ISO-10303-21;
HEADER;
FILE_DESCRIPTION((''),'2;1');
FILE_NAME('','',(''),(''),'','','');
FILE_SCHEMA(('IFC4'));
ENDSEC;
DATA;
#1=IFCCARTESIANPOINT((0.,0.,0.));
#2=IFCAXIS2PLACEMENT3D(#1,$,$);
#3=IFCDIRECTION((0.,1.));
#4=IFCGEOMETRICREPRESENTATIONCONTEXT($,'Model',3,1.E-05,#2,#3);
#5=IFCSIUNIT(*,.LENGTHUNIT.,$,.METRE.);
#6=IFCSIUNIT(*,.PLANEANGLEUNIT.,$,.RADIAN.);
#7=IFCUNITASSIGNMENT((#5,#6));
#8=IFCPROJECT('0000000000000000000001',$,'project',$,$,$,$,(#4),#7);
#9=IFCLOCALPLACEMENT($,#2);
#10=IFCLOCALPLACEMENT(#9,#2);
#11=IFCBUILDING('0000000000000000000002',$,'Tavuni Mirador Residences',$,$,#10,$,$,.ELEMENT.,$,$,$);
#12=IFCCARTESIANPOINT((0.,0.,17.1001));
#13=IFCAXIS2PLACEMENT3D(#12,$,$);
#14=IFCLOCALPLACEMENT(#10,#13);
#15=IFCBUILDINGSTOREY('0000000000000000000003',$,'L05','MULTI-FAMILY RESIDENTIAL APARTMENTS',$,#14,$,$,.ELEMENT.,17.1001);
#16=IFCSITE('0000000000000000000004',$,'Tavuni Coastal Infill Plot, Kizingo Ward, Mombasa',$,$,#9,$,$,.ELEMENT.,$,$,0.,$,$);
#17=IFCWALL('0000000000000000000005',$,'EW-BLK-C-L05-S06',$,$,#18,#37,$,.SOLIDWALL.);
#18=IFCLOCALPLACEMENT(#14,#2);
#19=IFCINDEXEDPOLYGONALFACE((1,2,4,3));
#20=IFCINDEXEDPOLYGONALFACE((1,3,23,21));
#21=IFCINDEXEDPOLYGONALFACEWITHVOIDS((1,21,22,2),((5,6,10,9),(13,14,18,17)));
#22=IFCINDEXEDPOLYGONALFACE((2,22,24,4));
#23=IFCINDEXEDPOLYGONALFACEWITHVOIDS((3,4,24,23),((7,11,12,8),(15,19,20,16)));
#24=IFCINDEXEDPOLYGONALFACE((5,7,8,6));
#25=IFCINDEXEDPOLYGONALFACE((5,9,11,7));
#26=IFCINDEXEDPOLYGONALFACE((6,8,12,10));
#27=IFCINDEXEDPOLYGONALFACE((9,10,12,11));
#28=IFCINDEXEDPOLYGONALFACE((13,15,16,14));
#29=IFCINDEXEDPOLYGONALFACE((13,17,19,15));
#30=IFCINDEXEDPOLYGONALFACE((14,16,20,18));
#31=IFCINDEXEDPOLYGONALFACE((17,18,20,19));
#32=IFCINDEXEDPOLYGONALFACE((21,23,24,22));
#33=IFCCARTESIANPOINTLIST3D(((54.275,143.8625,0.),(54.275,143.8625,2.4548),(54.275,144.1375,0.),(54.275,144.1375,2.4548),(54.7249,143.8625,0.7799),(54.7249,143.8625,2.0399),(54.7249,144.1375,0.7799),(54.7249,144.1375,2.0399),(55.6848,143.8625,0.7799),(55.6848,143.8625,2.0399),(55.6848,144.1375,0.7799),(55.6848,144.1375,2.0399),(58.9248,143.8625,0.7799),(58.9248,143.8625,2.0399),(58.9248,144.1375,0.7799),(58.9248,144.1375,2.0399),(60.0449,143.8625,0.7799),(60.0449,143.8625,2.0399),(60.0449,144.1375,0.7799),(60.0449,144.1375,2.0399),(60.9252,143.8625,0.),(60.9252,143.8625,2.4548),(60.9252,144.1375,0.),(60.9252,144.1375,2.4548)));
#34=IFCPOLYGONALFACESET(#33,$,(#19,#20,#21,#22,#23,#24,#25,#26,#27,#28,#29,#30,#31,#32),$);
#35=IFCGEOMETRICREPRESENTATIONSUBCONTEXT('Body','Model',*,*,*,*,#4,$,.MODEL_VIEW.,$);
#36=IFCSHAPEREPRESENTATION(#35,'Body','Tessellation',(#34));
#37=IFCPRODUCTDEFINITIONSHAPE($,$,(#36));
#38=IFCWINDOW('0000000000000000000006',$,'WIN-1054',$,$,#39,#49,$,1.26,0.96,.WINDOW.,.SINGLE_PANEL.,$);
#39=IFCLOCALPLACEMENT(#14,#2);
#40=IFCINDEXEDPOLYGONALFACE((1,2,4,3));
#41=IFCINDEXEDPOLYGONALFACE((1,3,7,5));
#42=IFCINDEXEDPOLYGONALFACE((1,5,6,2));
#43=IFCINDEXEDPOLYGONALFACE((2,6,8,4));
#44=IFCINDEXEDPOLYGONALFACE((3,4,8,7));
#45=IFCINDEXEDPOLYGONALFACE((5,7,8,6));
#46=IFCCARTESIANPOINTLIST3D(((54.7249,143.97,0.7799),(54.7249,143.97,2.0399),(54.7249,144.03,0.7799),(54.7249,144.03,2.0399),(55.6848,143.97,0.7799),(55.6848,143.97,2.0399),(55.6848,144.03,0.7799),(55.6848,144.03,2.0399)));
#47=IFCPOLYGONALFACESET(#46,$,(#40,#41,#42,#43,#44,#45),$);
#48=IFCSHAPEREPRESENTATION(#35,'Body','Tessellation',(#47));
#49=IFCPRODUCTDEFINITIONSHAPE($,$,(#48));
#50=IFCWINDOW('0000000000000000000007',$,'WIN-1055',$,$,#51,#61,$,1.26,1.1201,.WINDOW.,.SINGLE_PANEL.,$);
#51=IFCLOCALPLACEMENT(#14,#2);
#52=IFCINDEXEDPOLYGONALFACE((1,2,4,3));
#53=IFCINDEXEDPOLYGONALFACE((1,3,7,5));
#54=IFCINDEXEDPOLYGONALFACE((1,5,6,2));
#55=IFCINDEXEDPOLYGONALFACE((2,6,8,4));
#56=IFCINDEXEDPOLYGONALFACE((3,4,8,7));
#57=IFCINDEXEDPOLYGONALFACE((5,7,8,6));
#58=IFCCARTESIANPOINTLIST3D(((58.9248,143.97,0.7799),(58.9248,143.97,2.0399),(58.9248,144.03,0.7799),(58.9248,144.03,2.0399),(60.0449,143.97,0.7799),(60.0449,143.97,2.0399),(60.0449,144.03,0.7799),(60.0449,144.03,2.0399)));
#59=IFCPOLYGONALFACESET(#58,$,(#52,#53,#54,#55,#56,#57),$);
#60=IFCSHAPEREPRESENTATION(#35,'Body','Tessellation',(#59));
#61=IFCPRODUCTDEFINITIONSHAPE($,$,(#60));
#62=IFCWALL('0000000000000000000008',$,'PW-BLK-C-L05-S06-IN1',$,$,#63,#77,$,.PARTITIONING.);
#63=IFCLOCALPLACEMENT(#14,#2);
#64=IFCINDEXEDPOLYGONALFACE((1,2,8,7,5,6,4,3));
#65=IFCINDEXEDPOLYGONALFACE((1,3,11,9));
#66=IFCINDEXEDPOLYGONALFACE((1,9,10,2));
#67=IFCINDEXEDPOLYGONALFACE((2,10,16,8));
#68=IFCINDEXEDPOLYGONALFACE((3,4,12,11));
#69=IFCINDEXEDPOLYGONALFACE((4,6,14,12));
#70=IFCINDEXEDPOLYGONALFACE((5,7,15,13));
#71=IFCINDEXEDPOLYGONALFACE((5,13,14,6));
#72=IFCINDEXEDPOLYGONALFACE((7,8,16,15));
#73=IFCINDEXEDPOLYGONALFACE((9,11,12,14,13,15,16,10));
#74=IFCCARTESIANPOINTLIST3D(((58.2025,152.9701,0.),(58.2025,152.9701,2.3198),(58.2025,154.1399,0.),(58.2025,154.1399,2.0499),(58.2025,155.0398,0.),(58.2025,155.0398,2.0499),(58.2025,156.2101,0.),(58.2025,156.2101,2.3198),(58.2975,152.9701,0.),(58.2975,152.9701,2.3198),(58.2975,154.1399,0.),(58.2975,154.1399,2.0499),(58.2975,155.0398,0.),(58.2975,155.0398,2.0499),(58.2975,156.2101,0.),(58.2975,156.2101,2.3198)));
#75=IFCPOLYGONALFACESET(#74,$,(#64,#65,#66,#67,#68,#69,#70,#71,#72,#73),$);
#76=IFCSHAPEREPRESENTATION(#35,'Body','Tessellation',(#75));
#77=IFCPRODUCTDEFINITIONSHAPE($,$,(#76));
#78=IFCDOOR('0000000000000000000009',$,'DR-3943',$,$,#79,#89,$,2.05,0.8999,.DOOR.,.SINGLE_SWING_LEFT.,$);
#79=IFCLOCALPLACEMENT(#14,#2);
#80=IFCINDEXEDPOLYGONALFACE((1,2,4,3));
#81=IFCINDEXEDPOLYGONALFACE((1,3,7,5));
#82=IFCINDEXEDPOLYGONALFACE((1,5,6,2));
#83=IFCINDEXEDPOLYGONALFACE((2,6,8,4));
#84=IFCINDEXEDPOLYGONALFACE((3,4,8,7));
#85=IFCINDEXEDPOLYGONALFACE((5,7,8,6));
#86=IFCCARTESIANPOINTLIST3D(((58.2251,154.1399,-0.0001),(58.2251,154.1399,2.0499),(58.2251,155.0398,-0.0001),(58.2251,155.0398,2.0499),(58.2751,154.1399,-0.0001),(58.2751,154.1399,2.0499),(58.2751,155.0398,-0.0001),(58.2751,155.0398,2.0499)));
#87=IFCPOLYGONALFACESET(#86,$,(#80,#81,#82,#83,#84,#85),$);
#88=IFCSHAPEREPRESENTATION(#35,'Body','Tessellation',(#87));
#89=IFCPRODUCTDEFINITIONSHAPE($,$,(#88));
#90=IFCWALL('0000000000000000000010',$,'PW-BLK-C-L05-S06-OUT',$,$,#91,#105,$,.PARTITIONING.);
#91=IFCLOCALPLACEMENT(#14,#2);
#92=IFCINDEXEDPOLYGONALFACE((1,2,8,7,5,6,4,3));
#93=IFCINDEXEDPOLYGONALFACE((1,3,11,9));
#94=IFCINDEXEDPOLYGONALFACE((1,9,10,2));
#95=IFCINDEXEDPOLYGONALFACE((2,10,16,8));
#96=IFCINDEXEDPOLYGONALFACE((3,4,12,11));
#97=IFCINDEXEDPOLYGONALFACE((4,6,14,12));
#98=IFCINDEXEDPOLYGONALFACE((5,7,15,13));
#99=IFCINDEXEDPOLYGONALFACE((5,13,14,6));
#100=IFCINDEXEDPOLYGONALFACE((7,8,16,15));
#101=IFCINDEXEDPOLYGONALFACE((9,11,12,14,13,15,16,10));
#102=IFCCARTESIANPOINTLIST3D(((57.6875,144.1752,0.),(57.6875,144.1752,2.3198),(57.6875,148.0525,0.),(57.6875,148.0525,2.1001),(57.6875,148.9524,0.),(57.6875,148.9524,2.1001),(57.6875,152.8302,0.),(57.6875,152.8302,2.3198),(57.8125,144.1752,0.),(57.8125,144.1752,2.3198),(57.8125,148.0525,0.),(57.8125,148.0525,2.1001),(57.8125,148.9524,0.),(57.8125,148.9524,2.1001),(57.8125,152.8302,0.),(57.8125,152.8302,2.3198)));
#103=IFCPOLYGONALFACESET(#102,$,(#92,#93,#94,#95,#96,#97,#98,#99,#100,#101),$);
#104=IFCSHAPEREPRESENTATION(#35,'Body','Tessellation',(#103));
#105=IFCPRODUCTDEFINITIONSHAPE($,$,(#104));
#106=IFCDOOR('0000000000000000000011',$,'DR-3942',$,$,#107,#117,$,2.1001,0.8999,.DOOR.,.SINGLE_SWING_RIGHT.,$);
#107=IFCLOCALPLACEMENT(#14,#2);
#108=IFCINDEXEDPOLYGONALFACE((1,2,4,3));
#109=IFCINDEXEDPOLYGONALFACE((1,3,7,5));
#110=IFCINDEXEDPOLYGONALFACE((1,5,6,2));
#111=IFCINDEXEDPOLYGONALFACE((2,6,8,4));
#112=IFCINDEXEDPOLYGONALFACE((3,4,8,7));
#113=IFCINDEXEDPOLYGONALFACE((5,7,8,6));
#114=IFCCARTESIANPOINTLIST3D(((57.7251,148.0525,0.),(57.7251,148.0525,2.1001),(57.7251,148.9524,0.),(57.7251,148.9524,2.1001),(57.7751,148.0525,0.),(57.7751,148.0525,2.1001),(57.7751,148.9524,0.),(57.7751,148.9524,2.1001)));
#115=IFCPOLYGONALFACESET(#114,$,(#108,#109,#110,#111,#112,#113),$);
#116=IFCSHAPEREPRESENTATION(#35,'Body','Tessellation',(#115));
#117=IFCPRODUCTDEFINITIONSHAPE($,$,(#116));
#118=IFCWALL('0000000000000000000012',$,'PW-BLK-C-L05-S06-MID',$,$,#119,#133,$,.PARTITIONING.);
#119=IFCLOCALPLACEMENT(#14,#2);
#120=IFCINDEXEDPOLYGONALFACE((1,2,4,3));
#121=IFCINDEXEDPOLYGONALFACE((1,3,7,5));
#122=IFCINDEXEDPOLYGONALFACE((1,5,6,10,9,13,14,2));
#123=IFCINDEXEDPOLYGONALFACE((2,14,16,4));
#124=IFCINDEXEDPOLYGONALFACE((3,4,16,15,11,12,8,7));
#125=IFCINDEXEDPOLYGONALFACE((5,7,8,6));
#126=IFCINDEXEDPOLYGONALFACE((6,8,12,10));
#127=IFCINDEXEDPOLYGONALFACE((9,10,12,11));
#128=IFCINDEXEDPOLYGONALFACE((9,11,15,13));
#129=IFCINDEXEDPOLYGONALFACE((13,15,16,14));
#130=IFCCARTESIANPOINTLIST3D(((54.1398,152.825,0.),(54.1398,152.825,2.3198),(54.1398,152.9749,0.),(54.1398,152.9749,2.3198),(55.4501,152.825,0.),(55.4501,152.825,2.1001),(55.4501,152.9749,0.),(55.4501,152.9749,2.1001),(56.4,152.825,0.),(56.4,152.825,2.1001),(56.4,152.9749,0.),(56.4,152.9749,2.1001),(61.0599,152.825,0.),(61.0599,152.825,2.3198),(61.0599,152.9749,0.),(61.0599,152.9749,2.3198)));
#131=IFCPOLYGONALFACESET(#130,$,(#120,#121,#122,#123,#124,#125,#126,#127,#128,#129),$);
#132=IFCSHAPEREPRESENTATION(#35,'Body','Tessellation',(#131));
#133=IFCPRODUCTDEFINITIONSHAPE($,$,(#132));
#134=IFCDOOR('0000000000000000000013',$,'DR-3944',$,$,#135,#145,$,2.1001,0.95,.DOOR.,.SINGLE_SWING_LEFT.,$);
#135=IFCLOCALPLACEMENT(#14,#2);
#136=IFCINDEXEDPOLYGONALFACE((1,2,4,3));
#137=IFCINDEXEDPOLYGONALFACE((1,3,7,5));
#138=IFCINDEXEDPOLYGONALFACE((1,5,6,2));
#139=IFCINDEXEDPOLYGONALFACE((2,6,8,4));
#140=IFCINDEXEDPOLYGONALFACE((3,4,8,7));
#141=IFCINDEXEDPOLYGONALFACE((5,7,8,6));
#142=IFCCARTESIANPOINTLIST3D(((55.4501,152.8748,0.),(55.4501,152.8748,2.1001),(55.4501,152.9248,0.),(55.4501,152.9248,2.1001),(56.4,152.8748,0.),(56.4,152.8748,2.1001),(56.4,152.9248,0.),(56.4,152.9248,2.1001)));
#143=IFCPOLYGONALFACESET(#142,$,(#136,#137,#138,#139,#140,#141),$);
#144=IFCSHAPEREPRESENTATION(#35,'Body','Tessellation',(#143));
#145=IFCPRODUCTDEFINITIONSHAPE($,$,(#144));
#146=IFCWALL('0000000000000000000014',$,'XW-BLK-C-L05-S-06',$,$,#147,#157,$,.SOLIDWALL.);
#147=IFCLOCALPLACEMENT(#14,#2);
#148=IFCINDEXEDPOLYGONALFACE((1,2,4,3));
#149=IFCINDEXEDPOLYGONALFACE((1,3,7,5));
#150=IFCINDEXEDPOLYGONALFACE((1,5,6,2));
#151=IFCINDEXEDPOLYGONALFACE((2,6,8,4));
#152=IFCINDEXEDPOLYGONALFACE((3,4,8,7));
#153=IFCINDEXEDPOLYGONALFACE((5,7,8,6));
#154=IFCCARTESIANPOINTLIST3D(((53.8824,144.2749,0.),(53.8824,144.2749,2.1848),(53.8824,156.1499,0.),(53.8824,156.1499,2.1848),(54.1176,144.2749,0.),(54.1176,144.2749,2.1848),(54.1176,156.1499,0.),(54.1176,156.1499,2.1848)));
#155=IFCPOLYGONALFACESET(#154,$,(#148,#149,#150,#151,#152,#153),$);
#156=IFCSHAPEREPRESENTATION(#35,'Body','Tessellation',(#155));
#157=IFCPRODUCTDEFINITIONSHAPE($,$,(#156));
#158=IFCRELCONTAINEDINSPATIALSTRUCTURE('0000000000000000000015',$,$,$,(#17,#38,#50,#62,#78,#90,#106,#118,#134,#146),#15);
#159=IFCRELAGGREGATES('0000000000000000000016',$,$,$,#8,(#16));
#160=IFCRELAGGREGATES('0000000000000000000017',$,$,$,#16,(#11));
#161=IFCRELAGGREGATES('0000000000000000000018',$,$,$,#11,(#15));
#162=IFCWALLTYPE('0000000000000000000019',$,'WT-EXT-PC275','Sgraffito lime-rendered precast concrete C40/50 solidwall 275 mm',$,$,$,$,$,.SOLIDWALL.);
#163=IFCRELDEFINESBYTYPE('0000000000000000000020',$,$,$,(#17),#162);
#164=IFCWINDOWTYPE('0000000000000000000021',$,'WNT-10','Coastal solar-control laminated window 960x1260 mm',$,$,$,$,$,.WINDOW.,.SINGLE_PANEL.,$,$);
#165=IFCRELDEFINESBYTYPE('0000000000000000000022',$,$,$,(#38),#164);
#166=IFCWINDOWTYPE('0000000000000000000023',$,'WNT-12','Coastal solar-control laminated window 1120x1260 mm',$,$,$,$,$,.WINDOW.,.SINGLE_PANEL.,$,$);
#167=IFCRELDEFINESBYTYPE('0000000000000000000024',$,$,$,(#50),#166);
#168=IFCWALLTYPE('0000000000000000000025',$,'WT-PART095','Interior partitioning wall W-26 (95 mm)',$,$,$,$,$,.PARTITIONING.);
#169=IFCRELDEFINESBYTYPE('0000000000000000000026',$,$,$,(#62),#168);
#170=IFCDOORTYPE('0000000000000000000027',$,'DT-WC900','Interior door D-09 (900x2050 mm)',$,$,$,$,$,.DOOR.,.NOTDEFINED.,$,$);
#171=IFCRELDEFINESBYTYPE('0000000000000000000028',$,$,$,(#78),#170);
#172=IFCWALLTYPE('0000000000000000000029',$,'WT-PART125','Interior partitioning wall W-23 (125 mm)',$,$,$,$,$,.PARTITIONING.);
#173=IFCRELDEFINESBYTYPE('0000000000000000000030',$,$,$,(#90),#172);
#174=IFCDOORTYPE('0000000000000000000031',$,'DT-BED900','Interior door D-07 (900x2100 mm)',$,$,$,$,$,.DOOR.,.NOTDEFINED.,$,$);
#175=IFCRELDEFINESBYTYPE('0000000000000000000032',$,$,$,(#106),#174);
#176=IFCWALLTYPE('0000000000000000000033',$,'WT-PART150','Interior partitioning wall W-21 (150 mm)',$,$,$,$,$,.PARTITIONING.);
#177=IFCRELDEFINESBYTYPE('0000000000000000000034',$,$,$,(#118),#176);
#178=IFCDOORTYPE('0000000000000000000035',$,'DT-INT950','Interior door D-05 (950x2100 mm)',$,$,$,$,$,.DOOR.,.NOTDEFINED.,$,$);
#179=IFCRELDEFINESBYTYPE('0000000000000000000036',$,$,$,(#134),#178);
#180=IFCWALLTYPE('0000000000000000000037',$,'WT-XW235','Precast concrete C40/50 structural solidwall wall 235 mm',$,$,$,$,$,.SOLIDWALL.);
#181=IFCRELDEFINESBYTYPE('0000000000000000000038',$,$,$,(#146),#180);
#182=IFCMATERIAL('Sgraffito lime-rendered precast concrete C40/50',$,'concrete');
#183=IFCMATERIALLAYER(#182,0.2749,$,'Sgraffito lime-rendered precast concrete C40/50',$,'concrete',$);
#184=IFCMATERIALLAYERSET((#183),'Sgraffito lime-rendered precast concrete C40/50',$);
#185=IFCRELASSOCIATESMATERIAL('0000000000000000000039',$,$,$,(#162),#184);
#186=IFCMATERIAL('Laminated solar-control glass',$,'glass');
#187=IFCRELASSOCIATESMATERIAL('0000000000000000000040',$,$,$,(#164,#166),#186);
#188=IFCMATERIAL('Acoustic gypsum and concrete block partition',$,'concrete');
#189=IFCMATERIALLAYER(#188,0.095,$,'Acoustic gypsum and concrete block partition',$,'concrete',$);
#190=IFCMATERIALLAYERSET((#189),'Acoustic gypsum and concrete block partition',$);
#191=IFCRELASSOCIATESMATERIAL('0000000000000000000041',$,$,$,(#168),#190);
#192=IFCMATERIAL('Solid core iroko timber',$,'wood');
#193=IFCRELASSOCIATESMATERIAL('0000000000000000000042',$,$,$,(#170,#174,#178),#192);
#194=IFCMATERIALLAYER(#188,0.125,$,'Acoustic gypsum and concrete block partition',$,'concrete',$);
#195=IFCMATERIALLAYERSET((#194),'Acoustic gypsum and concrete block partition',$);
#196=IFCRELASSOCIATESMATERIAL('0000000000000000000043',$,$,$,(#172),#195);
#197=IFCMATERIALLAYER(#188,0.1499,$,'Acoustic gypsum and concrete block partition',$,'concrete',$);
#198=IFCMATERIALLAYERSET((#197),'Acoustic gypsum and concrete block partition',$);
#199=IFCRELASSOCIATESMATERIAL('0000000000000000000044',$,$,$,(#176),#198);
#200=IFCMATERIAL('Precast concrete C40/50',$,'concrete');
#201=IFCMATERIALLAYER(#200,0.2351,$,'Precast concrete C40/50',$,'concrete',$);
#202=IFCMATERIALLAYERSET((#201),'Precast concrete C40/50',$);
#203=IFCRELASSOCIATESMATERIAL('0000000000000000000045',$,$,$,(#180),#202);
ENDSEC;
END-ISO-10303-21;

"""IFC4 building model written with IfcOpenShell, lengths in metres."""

from ifc_helpers import new_model, si_unit, direction, frame, frame_2d, origin, place, context, subcontext, project, spatial, rectangle, extrude, material, layer, layer_set, type_object, element, fill, save


model = new_model("IFC4")

# Units and contexts
model_context = context("Model", 3, precision=1e-05, world=origin(), true_north=direction((0.0, 1.0)))
body_context = subcontext(model_context, "Body", "Model", "MODEL_VIEW")
ifc_project = project(units=[si_unit("LENGTHUNIT", "METRE"), si_unit("PLANEANGLEUNIT", "RADIAN")], contexts=[model_context])

# Site, building, storey
site_placement = place(None, origin())
site = spatial("IfcSite", under=ifc_project, at=site_placement, Name="Tavuni Coastal Infill Plot, Kizingo Ward, Mombasa", CompositionType="ELEMENT", RefElevation=0.0)
building_placement = place(site_placement, origin())
building = spatial("IfcBuilding", under=site, at=building_placement, Name="Tavuni Mirador Residences", CompositionType="ELEMENT")
storey_placement = place(building_placement, frame((0.0, 0.0, 17.1001)))
storey = spatial("IfcBuildingStorey", under=building, at=storey_placement, Name="L05", Description="MULTI-FAMILY RESIDENTIAL APARTMENTS", CompositionType="ELEMENT", Elevation=17.1001)

# Shared definitions
ifc_material_1 = material(Name="Precast concrete C40/50", Category="concrete")

# Shared definitions
ifc_material_2 = material(Name="Solid core iroko timber", Category="wood")

# Wall, openings, windows
ifc_material_3 = material(Name="Sgraffito lime-rendered precast concrete C40/50", Category="concrete")
ifc_layer_1 = layer(ifc_material_3, 0.2749, Name="Sgraffito lime-rendered precast concrete C40/50", Category="concrete")
ifc_layer_set_1 = layer_set([ifc_layer_1], Name="Sgraffito lime-rendered precast concrete C40/50")
wall_type_1 = type_object("IfcWallType", Name="WT-EXT-PC275", Description="Sgraffito lime-rendered precast concrete C40/50 solidwall 275 mm", PredefinedType="SOLIDWALL", material=ifc_layer_set_1)
wall_1_placement = place(storey_placement, frame((54.2749, 144.0, 0.0), z_axis=(0.0, 0.0, 1.0), x_axis=(1.0, 0.0, 0.0)))
wall_1 = element("IfcWall", 1, at=wall_1_placement, inside=storey, type_object=wall_type_1, Name="EW-BLK-C-L05-S06", PredefinedType="SOLIDWALL", context=body_context, shape_type="SweptSolid", body=[
    extrude(rectangle(XDim=6.6501, YDim=0.2749, at=frame_2d((3.3252, 0.0))), origin(), (0.0, 0.0, 1.0), 2.4548),
])
opening_1_placement = place(wall_1_placement, frame((0.45, 0.0, 0.78)))
opening_1 = element("IfcOpeningElement", 2, at=opening_1_placement, cuts=wall_1, PredefinedType="OPENING", context=body_context, shape_type="SweptSolid", body=[
    extrude(rectangle(XDim=0.96, YDim=1.26, at=frame_2d((0.48, 0.6299))), frame((0.0, 0.1475, 0.0), z_axis=(0.0, -1.0, 0.0), x_axis=(1.0, 0.0, 0.0)), (0.0, 0.0, 1.0), 0.2949),
])
opening_2_placement = place(wall_1_placement, frame((4.6499, 0.0, 0.78)))
opening_2 = element("IfcOpeningElement", 3, at=opening_2_placement, cuts=wall_1, PredefinedType="OPENING", context=body_context, shape_type="SweptSolid", body=[
    extrude(rectangle(XDim=1.1201, YDim=1.26, at=frame_2d((0.5601, 0.6299))), frame((0.0, 0.1475, 0.0), z_axis=(0.0, -1.0, 0.0), x_axis=(1.0, 0.0, 0.0)), (0.0, 0.0, 1.0), 0.2949),
])
ifc_material_4 = material(Name="Laminated solar-control glass", Category="glass")
window_type_1 = type_object("IfcWindowType", Name="WNT-10", Description="Coastal solar-control laminated window 960x1260 mm", PartitioningType="SINGLE_PANEL", PredefinedType="WINDOW", material=ifc_material_4)
window_1_placement = place(opening_1_placement, origin())
window_1 = element("IfcWindow", 4, at=window_1_placement, inside=storey, type_object=window_type_1, Name="WIN-1054", OverallHeight=1.26, OverallWidth=0.96, PartitioningType="SINGLE_PANEL", PredefinedType="WINDOW", context=body_context, shape_type="SweptSolid", body=[
    extrude(rectangle(XDim=0.96, YDim=1.26, at=frame_2d((0.48, 0.6299))), frame((0.0, 0.03, 0.0), z_axis=(0.0, -1.0, 0.0), x_axis=(1.0, 0.0, 0.0)), (0.0, 0.0, 1.0), 0.0601),
])
fill(opening_1, window_1)
window_type_2 = type_object("IfcWindowType", Name="WNT-12", Description="Coastal solar-control laminated window 1120x1260 mm", PartitioningType="SINGLE_PANEL", PredefinedType="WINDOW", material=ifc_material_4)
window_2_placement = place(opening_2_placement, origin())
window_2 = element("IfcWindow", 5, at=window_2_placement, inside=storey, type_object=window_type_2, Name="WIN-1055", OverallHeight=1.26, OverallWidth=1.1201, PartitioningType="SINGLE_PANEL", PredefinedType="WINDOW", context=body_context, shape_type="SweptSolid", body=[
    extrude(rectangle(XDim=1.1201, YDim=1.26, at=frame_2d((0.5601, 0.6299))), frame((0.0, 0.03, 0.0), z_axis=(0.0, -1.0, 0.0), x_axis=(1.0, 0.0, 0.0)), (0.0, 0.0, 1.0), 0.0601),
])
fill(opening_2, window_2)

# Walls, openings, doors
ifc_material_5 = material(Name="Acoustic gypsum and concrete block partition", Category="concrete")
ifc_layer_2 = layer(ifc_material_5, 0.095, Name="Acoustic gypsum and concrete block partition", Category="concrete")
ifc_layer_set_2 = layer_set([ifc_layer_2], Name="Acoustic gypsum and concrete block partition")
wall_type_2 = type_object("IfcWallType", Name="WT-PART095", Description="Interior partitioning wall W-26 (95 mm)", PredefinedType="PARTITIONING", material=ifc_layer_set_2)
wall_2_placement = place(storey_placement, frame((58.25, 152.97, 0.0), z_axis=(0.0, 0.0, 1.0), x_axis=(0.0, 1.0, 0.0)))
wall_2 = element("IfcWall", 6, at=wall_2_placement, inside=storey, type_object=wall_type_2, Name="PW-BLK-C-L05-S06-IN1", PredefinedType="PARTITIONING", context=body_context, shape_type="SweptSolid", body=[
    extrude(rectangle(XDim=3.24, YDim=0.095, at=frame_2d((1.6201, 0.0))), origin(), (0.0, 0.0, 1.0), 2.3198),
])
opening_3_placement = place(wall_2_placement, frame((1.1699, 0.0, 0.0)))
opening_3 = element("IfcOpeningElement", 7, at=opening_3_placement, cuts=wall_2, PredefinedType="OPENING", context=body_context, shape_type="SweptSolid", body=[
    extrude(rectangle(XDim=0.8999, YDim=2.05, at=frame_2d((0.45, 1.0249))), frame((0.0, 0.0576, 0.0), z_axis=(0.0, -1.0, 0.0), x_axis=(1.0, 0.0, 0.0)), (0.0, 0.0, 1.0), 0.115),
])
door_type_1 = type_object("IfcDoorType", Name="DT-WC900", Description="Interior door D-09 (900x2050 mm)", OperationType="NOTDEFINED", PredefinedType="DOOR", material=ifc_material_2)
door_1_placement = place(opening_3_placement, origin())
door_1 = element("IfcDoor", 8, at=door_1_placement, inside=storey, type_object=door_type_1, Name="DR-3943", OperationType="SINGLE_SWING_LEFT", OverallHeight=2.05, OverallWidth=0.8999, PredefinedType="DOOR", context=body_context, shape_type="SweptSolid", body=[
    extrude(rectangle(XDim=0.8999, YDim=2.05, at=frame_2d((0.45, 1.0249))), frame((0.0, 0.0249, 0.0), z_axis=(0.0, -1.0, 0.0), x_axis=(1.0, 0.0, 0.0)), (0.0, 0.0, 1.0), 0.05),
])
fill(opening_3, door_1)
ifc_layer_3 = layer(ifc_material_5, 0.125, Name="Acoustic gypsum and concrete block partition", Category="concrete")
ifc_layer_set_3 = layer_set([ifc_layer_3], Name="Acoustic gypsum and concrete block partition")
wall_type_3 = type_object("IfcWallType", Name="WT-PART125", Description="Interior partitioning wall W-23 (125 mm)", PredefinedType="PARTITIONING", material=ifc_layer_set_3)
wall_3_placement = place(storey_placement, frame((57.75, 144.175, 0.0), z_axis=(0.0, 0.0, 1.0), x_axis=(0.0, 1.0, 0.0)))
wall_3 = element("IfcWall", 9, at=wall_3_placement, inside=storey, type_object=wall_type_3, Name="PW-BLK-C-L05-S06-OUT", PredefinedType="PARTITIONING", context=body_context, shape_type="SweptSolid", body=[
    extrude(rectangle(XDim=8.655, YDim=0.125, at=frame_2d((4.3276, 0.0))), origin(), (0.0, 0.0, 1.0), 2.3198),
])
opening_4_placement = place(wall_3_placement, frame((3.8774, 0.0, 0.0)))
opening_4 = element("IfcOpeningElement", 10, at=opening_4_placement, cuts=wall_3, PredefinedType="OPENING", context=body_context, shape_type="SweptSolid", body=[
    extrude(rectangle(XDim=0.8999, YDim=2.1001, at=frame_2d((0.45, 1.05))), frame((0.0, 0.0725, 0.0), z_axis=(0.0, -1.0, 0.0), x_axis=(1.0, 0.0, 0.0)), (0.0, 0.0, 1.0), 0.145),
])
door_type_2 = type_object("IfcDoorType", Name="DT-BED900", Description="Interior door D-07 (900x2100 mm)", OperationType="NOTDEFINED", PredefinedType="DOOR", material=ifc_material_2)
door_2_placement = place(opening_4_placement, origin())
door_2 = element("IfcDoor", 11, at=door_2_placement, inside=storey, type_object=door_type_2, Name="DR-3942", OperationType="SINGLE_SWING_RIGHT", OverallHeight=2.1001, OverallWidth=0.8999, PredefinedType="DOOR", context=body_context, shape_type="SweptSolid", body=[
    extrude(rectangle(XDim=0.8999, YDim=2.1001, at=frame_2d((0.45, 1.05))), frame((0.0, 0.0249, 0.0), z_axis=(0.0, -1.0, 0.0), x_axis=(1.0, 0.0, 0.0)), (0.0, 0.0, 1.0), 0.05),
])
fill(opening_4, door_2)
ifc_layer_4 = layer(ifc_material_5, 0.1499, Name="Acoustic gypsum and concrete block partition", Category="concrete")
ifc_layer_set_4 = layer_set([ifc_layer_4], Name="Acoustic gypsum and concrete block partition")
wall_type_4 = type_object("IfcWallType", Name="WT-PART150", Description="Interior partitioning wall W-21 (150 mm)", PredefinedType="PARTITIONING", material=ifc_layer_set_4)
wall_4_placement = place(storey_placement, frame((54.1399, 152.8999, 0.0), z_axis=(0.0, 0.0, 1.0), x_axis=(1.0, 0.0, 0.0)))
wall_4 = element("IfcWall", 12, at=wall_4_placement, inside=storey, type_object=wall_type_4, Name="PW-BLK-C-L05-S06-MID", PredefinedType="PARTITIONING", context=body_context, shape_type="SweptSolid", body=[
    extrude(rectangle(XDim=6.9202, YDim=0.1499, at=frame_2d((3.46, 0.0))), origin(), (0.0, 0.0, 1.0), 2.3198),
])
opening_5_placement = place(wall_4_placement, frame((1.3101, 0.0, 0.0)))
opening_5 = element("IfcOpeningElement", 13, at=opening_5_placement, cuts=wall_4, PredefinedType="OPENING", context=body_context, shape_type="SweptSolid", body=[
    extrude(rectangle(XDim=0.95, YDim=2.1001, at=frame_2d((0.4751, 1.05))), frame((0.0, 0.085, 0.0), z_axis=(0.0, -1.0, 0.0), x_axis=(1.0, 0.0, 0.0)), (0.0, 0.0, 1.0), 0.1699),
])
door_type_3 = type_object("IfcDoorType", Name="DT-INT950", Description="Interior door D-05 (950x2100 mm)", OperationType="NOTDEFINED", PredefinedType="DOOR", material=ifc_material_2)
door_3_placement = place(opening_5_placement, origin())
door_3 = element("IfcDoor", 14, at=door_3_placement, inside=storey, type_object=door_type_3, Name="DR-3944", OperationType="SINGLE_SWING_LEFT", OverallHeight=2.1001, OverallWidth=0.95, PredefinedType="DOOR", context=body_context, shape_type="SweptSolid", body=[
    extrude(rectangle(XDim=0.95, YDim=2.1001, at=frame_2d((0.4751, 1.05))), frame((0.0, 0.0249, 0.0), z_axis=(0.0, -1.0, 0.0), x_axis=(1.0, 0.0, 0.0)), (0.0, 0.0, 1.0), 0.05),
])
fill(opening_5, door_3)

# Wall
ifc_layer_5 = layer(ifc_material_1, 0.2351, Name="Precast concrete C40/50", Category="concrete")
ifc_layer_set_5 = layer_set([ifc_layer_5], Name="Precast concrete C40/50")
wall_type_5 = type_object("IfcWallType", Name="WT-XW235", Description="Precast concrete C40/50 structural solidwall wall 235 mm", PredefinedType="SOLIDWALL", material=ifc_layer_set_5)
for number, where, z_axis, x_axis, name in (
    (15, (54.0, 144.2749, 0.0), (0.0, 0.0, 1.0), (0.0, 1.0, 0.0), "XW-BLK-C-L05-S-06"),
):
    element("IfcWall", number, at=place(storey_placement, frame(where, z_axis=z_axis, x_axis=x_axis)), inside=storey, type_object=wall_type_5, Name=name, PredefinedType="SOLIDWALL", context=body_context, shape_type="SweptSolid", body=[
        extrude(rectangle(XDim=11.875, YDim=0.2351, at=frame_2d((5.9375, 0.0))), origin(), (0.0, 0.0, 1.0), 2.1848),
    ])

save(model, "model.ifc")
